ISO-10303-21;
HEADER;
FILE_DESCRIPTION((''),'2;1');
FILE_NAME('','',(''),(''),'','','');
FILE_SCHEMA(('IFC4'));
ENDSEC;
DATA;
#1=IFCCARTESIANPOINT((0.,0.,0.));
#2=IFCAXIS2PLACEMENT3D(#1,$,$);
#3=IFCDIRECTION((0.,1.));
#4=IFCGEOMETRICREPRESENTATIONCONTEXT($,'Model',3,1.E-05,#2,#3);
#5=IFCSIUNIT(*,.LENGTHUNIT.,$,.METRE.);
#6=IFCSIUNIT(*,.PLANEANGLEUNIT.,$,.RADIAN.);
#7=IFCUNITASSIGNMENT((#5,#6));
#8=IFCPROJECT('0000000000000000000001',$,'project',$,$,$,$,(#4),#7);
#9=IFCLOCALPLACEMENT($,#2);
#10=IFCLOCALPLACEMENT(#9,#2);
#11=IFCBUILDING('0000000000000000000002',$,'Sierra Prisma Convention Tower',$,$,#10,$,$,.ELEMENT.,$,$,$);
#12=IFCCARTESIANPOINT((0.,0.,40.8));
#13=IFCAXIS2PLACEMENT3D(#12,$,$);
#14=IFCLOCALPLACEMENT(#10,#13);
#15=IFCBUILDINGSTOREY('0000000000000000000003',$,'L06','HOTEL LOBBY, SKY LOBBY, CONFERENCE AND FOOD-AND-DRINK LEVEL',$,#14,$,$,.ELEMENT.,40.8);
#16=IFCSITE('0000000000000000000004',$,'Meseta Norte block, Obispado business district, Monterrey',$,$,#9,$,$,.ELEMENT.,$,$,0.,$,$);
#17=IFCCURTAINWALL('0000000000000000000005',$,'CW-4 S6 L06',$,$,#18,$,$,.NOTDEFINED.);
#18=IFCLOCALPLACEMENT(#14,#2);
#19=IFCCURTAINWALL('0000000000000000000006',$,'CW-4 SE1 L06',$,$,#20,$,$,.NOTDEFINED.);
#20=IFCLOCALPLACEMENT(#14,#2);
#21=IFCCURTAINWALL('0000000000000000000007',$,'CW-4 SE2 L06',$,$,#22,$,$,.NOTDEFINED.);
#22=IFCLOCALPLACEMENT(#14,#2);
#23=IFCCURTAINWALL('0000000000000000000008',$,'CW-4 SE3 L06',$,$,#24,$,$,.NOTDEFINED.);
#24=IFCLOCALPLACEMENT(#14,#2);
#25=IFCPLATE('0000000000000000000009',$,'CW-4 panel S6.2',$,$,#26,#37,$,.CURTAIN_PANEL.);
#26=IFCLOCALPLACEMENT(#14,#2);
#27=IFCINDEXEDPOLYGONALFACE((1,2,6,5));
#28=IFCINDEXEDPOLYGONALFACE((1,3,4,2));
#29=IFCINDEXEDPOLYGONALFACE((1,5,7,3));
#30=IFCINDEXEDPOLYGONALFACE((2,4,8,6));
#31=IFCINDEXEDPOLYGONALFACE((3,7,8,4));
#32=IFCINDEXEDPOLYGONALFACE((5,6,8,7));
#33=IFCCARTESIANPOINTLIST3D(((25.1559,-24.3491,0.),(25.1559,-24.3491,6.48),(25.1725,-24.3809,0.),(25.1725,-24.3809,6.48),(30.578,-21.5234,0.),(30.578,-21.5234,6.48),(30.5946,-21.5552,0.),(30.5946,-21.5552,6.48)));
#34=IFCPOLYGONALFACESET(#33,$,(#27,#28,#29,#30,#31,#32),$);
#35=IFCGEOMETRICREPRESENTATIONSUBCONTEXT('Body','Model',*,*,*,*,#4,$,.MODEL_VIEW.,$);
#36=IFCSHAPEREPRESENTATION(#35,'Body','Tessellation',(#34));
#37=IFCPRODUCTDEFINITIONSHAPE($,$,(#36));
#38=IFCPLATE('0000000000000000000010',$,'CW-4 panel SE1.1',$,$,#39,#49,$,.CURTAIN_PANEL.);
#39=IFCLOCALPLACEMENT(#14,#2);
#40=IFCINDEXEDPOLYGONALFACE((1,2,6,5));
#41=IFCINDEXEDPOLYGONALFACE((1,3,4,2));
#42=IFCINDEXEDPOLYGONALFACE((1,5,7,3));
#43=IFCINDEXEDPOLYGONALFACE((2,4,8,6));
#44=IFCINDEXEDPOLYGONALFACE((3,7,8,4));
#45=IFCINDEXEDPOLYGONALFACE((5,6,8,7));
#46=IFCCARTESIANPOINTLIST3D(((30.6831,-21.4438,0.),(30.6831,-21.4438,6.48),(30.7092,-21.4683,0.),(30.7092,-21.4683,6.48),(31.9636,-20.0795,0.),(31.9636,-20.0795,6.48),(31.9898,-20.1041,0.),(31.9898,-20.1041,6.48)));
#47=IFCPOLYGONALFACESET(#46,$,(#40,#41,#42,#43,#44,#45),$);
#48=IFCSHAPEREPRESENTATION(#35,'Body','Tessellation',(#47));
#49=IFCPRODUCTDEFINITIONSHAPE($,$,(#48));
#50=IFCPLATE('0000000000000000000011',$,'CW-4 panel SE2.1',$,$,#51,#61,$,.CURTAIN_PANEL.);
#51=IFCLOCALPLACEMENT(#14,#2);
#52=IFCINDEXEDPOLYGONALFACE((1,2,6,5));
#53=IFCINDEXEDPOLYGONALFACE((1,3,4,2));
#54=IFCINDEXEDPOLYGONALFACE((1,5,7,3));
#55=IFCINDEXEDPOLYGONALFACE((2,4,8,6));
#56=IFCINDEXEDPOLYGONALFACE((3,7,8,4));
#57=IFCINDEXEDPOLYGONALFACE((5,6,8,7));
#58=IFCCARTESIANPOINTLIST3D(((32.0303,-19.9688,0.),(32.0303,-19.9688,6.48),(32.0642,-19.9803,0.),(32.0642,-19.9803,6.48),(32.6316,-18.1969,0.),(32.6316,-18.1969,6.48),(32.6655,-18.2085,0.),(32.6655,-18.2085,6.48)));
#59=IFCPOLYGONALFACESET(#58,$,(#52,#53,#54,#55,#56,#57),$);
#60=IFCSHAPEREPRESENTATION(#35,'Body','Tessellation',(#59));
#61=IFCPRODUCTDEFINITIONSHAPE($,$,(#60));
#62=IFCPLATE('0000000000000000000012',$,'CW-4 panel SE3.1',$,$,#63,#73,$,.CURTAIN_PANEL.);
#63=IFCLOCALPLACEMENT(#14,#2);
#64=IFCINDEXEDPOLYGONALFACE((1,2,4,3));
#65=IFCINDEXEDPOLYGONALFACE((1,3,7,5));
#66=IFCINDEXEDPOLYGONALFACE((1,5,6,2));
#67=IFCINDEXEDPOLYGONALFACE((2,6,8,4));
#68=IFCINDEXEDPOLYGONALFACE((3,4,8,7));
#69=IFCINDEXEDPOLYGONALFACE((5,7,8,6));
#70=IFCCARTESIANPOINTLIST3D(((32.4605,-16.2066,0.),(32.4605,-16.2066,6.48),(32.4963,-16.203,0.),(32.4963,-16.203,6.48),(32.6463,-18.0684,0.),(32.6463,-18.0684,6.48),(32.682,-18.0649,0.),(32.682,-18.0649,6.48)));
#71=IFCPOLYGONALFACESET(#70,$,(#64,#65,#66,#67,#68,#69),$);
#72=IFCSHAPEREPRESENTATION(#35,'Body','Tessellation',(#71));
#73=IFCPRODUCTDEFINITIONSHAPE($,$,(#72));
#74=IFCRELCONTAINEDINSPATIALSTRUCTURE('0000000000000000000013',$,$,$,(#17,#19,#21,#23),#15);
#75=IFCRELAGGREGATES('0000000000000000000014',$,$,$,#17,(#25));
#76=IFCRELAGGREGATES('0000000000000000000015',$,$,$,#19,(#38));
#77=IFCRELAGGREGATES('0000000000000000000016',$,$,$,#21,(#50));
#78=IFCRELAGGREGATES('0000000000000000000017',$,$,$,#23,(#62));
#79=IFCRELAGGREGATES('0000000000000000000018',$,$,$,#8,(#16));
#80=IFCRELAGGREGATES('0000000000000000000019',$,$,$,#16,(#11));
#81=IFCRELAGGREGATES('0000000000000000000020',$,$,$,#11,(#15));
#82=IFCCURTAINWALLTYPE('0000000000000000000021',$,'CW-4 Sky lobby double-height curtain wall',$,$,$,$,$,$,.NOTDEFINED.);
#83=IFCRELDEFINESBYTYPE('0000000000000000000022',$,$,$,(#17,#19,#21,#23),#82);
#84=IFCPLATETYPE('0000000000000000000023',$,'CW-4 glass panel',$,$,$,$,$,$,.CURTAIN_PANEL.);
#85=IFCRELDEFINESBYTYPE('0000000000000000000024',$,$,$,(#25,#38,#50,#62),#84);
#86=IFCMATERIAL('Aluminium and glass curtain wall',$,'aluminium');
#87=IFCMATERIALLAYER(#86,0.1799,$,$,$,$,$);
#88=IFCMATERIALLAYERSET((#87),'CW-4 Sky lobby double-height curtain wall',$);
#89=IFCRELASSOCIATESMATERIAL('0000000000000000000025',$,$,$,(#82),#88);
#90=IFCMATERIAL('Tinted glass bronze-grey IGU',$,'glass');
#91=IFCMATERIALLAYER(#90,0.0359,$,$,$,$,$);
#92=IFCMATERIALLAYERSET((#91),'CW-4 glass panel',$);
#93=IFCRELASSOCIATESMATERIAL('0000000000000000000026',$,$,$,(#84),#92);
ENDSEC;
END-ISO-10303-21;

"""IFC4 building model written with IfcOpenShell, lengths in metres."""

from ifc_helpers import new_model, si_unit, direction, frame, origin, origin_2d, place, context, subcontext, project, spatial, rectangle, extrude, material, layer, layer_set, type_object, element, aggregate, save


model = new_model("IFC4")

# Units and contexts
model_context = context("Model", 3, precision=1e-05, world=origin(), true_north=direction((0.0, 1.0)))
body_context = subcontext(model_context, "Body", "Model", "MODEL_VIEW")
ifc_project = project(units=[si_unit("LENGTHUNIT", "METRE"), si_unit("PLANEANGLEUNIT", "RADIAN")], contexts=[model_context])

# Site, building, storey
site_placement = place(None, origin())
site = spatial("IfcSite", under=ifc_project, at=site_placement, Name="Meseta Norte block, Obispado business district, Monterrey", CompositionType="ELEMENT", RefElevation=0.0)
building_placement = place(site_placement, origin())
building = spatial("IfcBuilding", under=site, at=building_placement, Name="Sierra Prisma Convention Tower", CompositionType="ELEMENT")
storey_placement = place(building_placement, frame((0.0, 0.0, 40.8)))
storey = spatial("IfcBuildingStorey", under=building, at=storey_placement, Name="L06", Description="HOTEL LOBBY, SKY LOBBY, CONFERENCE AND FOOD-AND-DRINK LEVEL", CompositionType="ELEMENT", Elevation=40.8)

# Curtain wall
ifc_material_1 = material(Name="Aluminium and glass curtain wall", Category="aluminium")
ifc_layer_1 = layer(ifc_material_1, 0.1799)
ifc_layer_set_1 = layer_set([ifc_layer_1], Name="CW-4 Sky lobby double-height curtain wall")
curtain_wall_type = type_object("IfcCurtainWallType", Name="CW-4 Sky lobby double-height curtain wall", PredefinedType="NOTDEFINED", material=ifc_layer_set_1)
curtain_wall_1_placement = place(storey_placement, origin())
curtain_wall_1 = element("IfcCurtainWall", 1, at=curtain_wall_1_placement, inside=storey, type_object=curtain_wall_type, Name="CW-4 S6 L06", PredefinedType="NOTDEFINED")

# Curtain walls
curtain_wall_2_placement = place(storey_placement, origin())
curtain_wall_2 = element("IfcCurtainWall", 2, at=curtain_wall_2_placement, inside=storey, type_object=curtain_wall_type, Name="CW-4 SE1 L06", PredefinedType="NOTDEFINED")
curtain_wall_3_placement = place(storey_placement, origin())
curtain_wall_3 = element("IfcCurtainWall", 3, at=curtain_wall_3_placement, inside=storey, type_object=curtain_wall_type, Name="CW-4 SE2 L06", PredefinedType="NOTDEFINED")
curtain_wall_4_placement = place(storey_placement, origin())
curtain_wall_4 = element("IfcCurtainWall", 4, at=curtain_wall_4_placement, inside=storey, type_object=curtain_wall_type, Name="CW-4 SE3 L06", PredefinedType="NOTDEFINED")

# Plates
ifc_material_2 = material(Name="Tinted glass bronze-grey IGU", Category="glass")
ifc_layer_2 = layer(ifc_material_2, 0.0359)
ifc_layer_set_2 = layer_set([ifc_layer_2], Name="CW-4 glass panel")
plate_type = type_object("IfcPlateType", Name="CW-4 glass panel", PredefinedType="CURTAIN_PANEL", material=ifc_layer_set_2)
plate_1_placement = place(storey_placement, frame((27.8752, -22.9521, 0.0), z_axis=(0.0, 0.0, 1.0), x_axis=(0.886801, 0.462151, 0.0)))
plate_1 = element("IfcPlate", 5, at=plate_1_placement, type_object=plate_type, Name="CW-4 panel S6.2", PredefinedType="CURTAIN_PANEL", context=body_context, shape_type="SweptSolid", body=[
    extrude(rectangle(XDim=6.1143, YDim=0.0359, at=origin_2d()), origin(), (0.0, 0.0, 1.0), 6.48),
])
aggregate(curtain_wall_1, [plate_1])
plate_2_placement = place(storey_placement, frame((31.3364, -20.7739, 0.0), z_axis=(0.0, 0.0, 1.0), x_axis=(0.6844, 0.729107, 0.0)))
plate_2 = element("IfcPlate", 6, at=plate_2_placement, type_object=plate_type, Name="CW-4 panel SE1.1", PredefinedType="CURTAIN_PANEL", context=body_context, shape_type="SweptSolid", body=[
    extrude(rectangle(XDim=1.8711, YDim=0.0359, at=origin_2d()), origin(), (0.0, 0.0, 1.0), 6.48),
])
aggregate(curtain_wall_2, [plate_2])
plate_3_placement = place(storey_placement, frame((32.3479, -19.0886, 0.0), z_axis=(0.0, 0.0, 1.0), x_axis=(0.321361, 0.946957, 0.0)))
plate_3 = element("IfcPlate", 7, at=plate_3_placement, type_object=plate_type, Name="CW-4 panel SE2.1", PredefinedType="CURTAIN_PANEL", context=body_context, shape_type="SweptSolid", body=[
    extrude(rectangle(XDim=1.8711, YDim=0.0359, at=origin_2d()), origin(), (0.0, 0.0, 1.0), 6.48),
])
aggregate(curtain_wall_3, [plate_3])
plate_4_placement = place(storey_placement, frame((32.5713, -17.1357, 0.0), z_axis=(0.0, 0.0, 1.0), x_axis=(-0.099283, 0.995059, 0.0)))
plate_4 = element("IfcPlate", 8, at=plate_4_placement, type_object=plate_type, Name="CW-4 panel SE3.1", PredefinedType="CURTAIN_PANEL", context=body_context, shape_type="SweptSolid", body=[
    extrude(rectangle(XDim=1.8711, YDim=0.0359, at=origin_2d()), origin(), (0.0, 0.0, 1.0), 6.48),
])
aggregate(curtain_wall_4, [plate_4])

save(model, "model.ifc")
